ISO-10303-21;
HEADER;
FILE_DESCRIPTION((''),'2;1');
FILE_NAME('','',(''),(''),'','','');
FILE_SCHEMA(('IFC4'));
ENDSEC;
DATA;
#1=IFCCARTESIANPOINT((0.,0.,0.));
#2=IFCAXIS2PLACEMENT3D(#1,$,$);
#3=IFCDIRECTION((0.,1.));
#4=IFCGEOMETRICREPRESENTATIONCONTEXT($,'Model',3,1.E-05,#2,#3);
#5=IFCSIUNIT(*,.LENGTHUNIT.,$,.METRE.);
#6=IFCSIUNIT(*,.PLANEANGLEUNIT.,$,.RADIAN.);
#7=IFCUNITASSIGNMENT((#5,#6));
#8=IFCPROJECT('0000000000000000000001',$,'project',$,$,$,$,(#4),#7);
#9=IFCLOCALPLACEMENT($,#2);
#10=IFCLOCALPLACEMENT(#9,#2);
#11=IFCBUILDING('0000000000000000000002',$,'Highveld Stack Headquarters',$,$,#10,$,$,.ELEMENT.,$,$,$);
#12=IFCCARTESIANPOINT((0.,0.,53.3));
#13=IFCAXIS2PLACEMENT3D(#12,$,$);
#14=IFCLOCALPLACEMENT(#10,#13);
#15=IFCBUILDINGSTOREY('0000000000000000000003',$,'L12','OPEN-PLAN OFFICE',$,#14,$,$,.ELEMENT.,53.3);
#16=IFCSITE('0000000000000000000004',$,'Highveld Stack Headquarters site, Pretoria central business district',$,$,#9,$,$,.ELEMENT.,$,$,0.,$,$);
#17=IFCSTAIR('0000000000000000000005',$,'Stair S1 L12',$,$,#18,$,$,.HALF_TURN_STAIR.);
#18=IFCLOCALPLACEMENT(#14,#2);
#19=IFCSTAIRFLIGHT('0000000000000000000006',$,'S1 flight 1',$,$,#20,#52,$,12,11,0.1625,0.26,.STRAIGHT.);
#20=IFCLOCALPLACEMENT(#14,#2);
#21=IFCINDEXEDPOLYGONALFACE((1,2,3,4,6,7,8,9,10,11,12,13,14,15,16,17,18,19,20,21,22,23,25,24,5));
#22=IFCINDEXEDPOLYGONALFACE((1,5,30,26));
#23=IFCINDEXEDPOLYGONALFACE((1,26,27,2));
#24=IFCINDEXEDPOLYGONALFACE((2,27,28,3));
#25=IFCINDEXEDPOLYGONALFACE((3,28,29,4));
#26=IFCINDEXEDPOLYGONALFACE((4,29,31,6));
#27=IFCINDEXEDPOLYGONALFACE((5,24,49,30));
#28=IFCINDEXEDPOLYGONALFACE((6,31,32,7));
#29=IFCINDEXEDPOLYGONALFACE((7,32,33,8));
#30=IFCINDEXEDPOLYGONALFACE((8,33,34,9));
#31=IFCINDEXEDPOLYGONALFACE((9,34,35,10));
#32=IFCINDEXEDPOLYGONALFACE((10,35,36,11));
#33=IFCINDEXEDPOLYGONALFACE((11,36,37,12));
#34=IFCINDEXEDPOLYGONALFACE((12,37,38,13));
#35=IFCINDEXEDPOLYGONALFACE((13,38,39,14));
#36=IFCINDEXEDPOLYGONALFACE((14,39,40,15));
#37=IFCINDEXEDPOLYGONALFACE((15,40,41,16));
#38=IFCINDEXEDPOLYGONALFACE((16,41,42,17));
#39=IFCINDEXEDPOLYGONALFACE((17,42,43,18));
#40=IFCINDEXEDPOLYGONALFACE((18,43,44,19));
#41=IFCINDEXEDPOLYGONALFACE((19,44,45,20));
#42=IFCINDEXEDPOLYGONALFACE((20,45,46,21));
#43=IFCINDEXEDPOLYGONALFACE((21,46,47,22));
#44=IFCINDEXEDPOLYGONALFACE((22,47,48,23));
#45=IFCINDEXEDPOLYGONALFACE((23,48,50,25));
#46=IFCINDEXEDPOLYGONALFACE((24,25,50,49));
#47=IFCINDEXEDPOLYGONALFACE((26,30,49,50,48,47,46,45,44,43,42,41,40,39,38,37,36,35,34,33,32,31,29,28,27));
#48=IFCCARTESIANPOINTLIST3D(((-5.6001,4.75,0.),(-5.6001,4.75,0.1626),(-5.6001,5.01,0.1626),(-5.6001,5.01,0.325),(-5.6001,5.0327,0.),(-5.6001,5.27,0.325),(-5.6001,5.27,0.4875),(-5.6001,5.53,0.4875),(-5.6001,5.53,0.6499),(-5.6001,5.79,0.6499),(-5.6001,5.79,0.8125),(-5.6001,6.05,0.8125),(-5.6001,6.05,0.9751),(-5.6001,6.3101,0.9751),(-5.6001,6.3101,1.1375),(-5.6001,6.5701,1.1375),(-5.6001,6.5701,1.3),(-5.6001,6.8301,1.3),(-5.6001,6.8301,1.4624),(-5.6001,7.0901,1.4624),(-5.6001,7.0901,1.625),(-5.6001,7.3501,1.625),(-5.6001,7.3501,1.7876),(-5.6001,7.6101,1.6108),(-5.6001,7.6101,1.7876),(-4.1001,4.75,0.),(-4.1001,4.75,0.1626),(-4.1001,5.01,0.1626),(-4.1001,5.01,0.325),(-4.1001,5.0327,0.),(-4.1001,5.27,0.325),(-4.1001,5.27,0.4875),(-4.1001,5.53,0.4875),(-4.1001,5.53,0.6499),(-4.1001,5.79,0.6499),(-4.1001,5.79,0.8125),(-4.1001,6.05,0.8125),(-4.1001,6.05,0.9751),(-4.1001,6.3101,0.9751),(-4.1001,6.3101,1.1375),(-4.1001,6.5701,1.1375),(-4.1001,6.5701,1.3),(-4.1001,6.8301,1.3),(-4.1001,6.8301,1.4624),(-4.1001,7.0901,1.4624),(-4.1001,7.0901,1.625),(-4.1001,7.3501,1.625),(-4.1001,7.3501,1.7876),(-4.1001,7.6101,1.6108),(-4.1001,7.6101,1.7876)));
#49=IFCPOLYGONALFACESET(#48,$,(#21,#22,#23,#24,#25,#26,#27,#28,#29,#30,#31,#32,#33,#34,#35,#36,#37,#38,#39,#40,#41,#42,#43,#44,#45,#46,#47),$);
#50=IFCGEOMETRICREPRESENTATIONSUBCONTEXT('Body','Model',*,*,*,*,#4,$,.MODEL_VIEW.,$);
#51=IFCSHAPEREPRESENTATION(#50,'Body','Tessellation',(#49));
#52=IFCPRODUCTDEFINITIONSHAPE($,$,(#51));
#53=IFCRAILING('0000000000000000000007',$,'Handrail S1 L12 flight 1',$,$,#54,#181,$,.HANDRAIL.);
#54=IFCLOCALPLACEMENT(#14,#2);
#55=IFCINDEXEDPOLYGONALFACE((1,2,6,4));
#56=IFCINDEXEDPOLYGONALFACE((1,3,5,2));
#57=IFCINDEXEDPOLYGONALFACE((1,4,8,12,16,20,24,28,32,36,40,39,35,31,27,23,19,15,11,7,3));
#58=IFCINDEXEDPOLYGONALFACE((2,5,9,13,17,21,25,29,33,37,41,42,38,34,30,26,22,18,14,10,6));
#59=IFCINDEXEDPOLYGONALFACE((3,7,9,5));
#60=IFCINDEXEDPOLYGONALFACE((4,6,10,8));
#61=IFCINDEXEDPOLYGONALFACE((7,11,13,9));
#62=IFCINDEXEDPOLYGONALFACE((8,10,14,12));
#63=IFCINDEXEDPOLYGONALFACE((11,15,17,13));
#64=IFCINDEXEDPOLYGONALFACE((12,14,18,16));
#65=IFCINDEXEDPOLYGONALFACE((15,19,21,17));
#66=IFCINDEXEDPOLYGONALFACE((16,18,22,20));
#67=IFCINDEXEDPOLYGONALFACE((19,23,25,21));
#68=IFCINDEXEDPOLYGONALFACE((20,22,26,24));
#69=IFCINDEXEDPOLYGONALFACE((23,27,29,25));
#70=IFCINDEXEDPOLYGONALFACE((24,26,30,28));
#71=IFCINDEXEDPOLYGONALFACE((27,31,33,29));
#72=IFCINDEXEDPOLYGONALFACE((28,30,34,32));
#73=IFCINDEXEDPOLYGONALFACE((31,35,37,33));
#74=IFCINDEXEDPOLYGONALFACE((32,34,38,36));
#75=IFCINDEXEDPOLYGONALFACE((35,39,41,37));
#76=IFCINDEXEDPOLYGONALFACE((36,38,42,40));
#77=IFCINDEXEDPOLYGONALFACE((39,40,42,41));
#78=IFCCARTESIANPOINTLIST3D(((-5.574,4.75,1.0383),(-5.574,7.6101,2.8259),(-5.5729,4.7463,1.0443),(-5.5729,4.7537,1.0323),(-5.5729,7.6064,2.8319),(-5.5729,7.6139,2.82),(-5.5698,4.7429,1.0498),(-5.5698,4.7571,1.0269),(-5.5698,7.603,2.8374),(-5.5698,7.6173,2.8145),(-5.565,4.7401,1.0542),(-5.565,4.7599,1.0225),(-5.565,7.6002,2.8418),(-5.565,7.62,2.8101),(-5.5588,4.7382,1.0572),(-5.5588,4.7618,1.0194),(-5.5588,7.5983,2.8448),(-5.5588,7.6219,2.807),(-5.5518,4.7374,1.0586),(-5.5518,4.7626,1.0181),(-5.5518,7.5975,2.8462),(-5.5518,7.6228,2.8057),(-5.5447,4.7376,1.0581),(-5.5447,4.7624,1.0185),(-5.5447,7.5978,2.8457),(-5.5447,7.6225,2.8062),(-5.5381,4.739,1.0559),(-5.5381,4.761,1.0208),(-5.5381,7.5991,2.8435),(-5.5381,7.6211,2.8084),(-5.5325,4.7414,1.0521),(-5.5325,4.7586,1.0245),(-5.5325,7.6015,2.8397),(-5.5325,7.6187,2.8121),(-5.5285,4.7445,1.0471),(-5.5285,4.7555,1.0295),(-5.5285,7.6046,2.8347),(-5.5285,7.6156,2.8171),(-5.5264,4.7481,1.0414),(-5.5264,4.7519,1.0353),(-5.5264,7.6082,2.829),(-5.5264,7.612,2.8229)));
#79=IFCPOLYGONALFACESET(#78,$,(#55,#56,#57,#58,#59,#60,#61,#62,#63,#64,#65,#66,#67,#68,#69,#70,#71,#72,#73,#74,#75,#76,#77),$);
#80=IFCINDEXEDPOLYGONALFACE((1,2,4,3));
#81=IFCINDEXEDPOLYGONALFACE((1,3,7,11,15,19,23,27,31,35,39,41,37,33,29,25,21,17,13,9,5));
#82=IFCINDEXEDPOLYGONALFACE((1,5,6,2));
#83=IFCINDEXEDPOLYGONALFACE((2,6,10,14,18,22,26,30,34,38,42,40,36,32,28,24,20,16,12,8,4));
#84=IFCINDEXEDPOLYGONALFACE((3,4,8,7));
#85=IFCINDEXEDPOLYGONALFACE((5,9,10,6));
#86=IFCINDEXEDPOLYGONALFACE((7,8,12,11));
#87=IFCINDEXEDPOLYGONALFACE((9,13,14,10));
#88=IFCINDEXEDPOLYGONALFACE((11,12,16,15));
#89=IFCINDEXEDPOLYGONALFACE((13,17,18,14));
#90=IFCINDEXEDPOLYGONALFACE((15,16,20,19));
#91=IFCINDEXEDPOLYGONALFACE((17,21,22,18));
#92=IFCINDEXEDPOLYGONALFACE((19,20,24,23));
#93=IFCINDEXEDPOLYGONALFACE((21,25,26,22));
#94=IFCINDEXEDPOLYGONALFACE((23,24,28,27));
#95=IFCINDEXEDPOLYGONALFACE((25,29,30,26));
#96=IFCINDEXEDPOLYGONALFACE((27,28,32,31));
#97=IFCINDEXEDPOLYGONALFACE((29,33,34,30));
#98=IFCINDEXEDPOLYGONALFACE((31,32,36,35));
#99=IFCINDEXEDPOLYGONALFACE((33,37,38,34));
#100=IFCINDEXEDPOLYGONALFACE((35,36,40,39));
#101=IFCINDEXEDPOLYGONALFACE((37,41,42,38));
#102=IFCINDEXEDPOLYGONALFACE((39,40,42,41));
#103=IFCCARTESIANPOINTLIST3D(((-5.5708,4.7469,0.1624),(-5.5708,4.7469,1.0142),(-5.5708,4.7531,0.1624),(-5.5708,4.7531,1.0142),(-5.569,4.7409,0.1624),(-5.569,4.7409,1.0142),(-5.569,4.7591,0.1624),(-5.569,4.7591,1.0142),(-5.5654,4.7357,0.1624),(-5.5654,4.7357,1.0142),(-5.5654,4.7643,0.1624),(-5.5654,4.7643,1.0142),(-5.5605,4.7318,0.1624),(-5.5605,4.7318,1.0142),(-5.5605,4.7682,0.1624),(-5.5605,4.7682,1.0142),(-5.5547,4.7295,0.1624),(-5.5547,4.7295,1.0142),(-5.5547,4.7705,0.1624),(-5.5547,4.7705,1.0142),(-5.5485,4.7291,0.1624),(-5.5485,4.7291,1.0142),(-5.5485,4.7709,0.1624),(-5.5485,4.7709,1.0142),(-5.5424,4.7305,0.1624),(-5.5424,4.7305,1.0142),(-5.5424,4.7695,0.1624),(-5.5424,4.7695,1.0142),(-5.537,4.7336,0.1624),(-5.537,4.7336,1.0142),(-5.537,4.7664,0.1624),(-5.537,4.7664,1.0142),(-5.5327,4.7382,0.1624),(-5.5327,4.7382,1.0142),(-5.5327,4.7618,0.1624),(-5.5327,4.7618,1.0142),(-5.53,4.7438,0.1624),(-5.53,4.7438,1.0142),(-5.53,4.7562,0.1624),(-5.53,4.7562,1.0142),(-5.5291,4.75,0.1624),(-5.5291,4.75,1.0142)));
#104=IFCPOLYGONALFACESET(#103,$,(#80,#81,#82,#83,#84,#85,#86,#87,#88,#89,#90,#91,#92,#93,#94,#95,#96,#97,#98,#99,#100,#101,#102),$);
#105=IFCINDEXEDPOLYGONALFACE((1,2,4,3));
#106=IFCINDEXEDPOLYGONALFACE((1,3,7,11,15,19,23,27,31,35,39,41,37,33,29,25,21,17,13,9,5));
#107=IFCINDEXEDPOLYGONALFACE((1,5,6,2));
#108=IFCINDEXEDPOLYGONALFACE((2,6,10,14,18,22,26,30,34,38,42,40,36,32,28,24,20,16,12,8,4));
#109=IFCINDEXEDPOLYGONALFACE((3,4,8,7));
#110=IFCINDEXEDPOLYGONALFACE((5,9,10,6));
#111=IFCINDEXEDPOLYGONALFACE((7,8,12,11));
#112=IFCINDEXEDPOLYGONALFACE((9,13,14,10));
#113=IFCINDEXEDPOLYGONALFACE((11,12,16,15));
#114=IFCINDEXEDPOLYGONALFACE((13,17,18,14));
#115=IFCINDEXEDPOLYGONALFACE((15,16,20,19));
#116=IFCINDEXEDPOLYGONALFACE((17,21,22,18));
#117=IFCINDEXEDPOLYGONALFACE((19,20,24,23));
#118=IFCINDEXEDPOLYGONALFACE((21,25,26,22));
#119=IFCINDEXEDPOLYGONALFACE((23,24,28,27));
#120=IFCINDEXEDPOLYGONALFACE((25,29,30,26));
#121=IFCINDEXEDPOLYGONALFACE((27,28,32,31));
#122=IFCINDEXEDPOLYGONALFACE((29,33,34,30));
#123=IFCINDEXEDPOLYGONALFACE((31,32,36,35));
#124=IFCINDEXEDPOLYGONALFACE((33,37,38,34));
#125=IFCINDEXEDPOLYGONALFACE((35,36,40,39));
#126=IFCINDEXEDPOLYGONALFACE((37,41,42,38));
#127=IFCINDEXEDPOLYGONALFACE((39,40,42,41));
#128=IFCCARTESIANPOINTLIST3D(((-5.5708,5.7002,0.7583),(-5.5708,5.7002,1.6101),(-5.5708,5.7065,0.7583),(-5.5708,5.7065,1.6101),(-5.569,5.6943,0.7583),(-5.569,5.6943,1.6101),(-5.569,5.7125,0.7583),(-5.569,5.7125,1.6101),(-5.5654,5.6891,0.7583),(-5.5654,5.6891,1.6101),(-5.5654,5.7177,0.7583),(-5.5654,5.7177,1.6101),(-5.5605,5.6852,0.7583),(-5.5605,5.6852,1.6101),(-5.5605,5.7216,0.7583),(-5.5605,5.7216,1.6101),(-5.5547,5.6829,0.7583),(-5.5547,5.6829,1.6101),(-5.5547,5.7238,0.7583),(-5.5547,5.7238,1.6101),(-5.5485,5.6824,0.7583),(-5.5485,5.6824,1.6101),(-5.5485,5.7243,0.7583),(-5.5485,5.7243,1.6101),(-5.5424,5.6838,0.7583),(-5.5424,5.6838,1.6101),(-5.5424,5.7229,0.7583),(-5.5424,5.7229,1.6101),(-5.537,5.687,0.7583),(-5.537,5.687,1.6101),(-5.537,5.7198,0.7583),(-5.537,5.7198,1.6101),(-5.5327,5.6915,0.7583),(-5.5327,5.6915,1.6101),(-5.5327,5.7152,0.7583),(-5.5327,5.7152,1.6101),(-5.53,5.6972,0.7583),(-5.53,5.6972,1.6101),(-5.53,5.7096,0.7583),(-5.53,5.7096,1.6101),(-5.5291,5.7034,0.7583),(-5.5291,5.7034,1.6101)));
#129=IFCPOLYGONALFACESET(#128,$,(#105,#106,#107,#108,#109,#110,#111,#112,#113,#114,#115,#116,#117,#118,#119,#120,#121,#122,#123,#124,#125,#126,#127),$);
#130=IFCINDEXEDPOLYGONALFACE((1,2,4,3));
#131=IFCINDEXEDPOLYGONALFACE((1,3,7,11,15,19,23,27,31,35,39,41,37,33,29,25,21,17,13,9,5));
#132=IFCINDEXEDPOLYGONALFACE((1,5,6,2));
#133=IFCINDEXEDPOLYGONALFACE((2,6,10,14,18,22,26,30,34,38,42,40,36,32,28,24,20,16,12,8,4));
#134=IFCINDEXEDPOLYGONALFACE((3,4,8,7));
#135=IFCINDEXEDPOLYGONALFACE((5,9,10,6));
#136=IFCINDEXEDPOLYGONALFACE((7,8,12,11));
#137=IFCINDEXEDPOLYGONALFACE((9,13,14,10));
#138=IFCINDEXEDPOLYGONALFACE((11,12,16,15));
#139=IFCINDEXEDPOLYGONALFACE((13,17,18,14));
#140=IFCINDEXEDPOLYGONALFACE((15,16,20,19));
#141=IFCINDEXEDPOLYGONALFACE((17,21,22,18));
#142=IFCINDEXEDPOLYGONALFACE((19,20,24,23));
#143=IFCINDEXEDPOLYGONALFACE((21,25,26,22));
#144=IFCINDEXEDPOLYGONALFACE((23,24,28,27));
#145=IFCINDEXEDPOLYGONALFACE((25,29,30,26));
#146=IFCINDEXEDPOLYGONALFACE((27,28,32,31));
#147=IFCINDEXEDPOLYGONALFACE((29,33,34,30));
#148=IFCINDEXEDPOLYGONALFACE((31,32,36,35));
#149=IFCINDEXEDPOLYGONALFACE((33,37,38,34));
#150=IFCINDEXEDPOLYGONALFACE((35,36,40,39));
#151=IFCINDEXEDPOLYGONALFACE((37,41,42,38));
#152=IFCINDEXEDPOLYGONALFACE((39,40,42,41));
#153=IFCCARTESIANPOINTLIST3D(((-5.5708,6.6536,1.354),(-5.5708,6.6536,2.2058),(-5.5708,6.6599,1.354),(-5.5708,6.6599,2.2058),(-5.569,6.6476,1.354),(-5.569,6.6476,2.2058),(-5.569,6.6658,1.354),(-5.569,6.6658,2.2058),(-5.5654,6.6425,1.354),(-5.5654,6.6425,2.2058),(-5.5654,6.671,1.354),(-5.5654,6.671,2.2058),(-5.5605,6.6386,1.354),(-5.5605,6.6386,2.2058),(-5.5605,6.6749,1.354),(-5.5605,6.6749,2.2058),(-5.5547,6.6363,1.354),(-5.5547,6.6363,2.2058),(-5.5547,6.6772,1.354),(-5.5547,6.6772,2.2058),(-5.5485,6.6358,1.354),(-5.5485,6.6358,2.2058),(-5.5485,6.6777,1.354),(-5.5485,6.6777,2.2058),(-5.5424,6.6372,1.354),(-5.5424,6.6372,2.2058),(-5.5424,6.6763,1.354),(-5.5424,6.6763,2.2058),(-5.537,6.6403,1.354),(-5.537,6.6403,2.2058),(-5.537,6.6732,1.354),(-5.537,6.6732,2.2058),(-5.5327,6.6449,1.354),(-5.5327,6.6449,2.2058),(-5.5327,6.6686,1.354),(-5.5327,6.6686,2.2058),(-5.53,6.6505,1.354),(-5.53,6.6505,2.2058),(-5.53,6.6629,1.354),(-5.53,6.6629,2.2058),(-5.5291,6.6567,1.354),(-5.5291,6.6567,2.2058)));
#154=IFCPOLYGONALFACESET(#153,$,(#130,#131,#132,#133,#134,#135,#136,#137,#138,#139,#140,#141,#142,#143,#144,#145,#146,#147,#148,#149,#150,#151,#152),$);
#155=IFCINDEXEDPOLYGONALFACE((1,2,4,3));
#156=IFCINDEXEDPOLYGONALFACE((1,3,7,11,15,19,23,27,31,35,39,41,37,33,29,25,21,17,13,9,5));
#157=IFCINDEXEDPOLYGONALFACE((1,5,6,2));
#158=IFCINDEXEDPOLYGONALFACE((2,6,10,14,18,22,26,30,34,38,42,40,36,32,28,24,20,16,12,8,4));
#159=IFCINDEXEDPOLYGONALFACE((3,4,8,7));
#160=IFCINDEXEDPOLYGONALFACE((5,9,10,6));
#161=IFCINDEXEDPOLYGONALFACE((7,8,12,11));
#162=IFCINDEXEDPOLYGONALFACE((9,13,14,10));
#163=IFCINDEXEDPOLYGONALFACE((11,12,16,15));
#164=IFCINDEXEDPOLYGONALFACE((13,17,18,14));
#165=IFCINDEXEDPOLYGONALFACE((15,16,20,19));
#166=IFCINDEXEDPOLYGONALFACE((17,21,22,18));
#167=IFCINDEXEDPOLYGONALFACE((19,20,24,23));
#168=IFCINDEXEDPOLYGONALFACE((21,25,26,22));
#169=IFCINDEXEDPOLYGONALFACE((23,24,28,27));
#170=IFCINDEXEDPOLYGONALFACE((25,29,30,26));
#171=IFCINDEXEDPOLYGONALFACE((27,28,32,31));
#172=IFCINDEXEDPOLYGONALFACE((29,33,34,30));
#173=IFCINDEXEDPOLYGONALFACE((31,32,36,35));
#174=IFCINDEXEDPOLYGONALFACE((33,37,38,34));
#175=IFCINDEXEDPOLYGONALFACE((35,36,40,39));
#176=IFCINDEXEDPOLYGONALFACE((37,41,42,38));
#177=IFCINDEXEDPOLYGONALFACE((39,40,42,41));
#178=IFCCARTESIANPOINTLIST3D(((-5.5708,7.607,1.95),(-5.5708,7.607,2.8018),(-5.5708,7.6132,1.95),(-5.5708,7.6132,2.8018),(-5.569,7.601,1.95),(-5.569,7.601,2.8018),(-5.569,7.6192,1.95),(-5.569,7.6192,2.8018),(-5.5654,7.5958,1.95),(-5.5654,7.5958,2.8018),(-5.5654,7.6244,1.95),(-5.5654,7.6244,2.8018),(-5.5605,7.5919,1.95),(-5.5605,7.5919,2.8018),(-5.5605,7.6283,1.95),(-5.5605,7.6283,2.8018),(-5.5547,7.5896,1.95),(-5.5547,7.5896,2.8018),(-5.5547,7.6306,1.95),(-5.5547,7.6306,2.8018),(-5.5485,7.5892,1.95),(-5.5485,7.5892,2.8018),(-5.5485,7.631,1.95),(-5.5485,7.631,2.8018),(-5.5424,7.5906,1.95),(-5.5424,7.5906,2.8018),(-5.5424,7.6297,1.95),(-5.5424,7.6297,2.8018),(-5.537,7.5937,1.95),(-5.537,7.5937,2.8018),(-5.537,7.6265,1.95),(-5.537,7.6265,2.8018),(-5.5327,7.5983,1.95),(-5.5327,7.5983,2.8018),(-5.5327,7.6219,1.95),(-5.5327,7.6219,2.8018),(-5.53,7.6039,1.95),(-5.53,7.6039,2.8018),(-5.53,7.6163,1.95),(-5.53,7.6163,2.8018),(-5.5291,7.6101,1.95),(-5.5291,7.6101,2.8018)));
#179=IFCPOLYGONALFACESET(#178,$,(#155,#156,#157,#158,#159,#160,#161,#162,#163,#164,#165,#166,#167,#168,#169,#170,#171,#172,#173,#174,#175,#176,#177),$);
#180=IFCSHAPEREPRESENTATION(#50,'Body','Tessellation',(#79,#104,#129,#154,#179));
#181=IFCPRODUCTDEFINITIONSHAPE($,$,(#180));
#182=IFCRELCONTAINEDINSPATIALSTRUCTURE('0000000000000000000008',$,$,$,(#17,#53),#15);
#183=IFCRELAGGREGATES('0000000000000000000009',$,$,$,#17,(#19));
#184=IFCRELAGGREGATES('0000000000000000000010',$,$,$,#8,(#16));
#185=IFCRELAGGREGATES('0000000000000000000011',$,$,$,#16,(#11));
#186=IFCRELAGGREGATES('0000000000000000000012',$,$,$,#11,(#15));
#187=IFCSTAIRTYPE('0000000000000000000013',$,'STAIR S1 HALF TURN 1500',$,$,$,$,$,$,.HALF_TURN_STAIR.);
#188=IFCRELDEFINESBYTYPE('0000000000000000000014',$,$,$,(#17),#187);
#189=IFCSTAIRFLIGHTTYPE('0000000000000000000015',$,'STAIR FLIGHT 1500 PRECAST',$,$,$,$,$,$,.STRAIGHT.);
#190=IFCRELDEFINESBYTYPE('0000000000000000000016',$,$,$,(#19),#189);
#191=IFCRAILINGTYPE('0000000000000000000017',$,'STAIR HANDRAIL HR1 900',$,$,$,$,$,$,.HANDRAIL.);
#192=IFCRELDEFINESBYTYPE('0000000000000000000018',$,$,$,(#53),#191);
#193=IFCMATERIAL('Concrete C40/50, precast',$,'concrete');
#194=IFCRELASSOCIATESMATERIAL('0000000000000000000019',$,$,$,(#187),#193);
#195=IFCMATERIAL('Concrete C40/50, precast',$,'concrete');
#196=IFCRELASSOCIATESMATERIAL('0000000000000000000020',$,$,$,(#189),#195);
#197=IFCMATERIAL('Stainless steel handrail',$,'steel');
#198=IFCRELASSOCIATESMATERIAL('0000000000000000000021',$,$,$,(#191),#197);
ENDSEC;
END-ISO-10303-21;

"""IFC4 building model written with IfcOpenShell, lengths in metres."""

from ifc_helpers import new_model, si_unit, direction, frame, origin, origin_2d, place, context, subcontext, project, spatial, polyline, circle, outline, extrude, material, type_object, element, aggregate, save


model = new_model("IFC4")

# Units and contexts
model_context = context("Model", 3, precision=1e-05, world=origin(), true_north=direction((0.0, 1.0)))
body_context = subcontext(model_context, "Body", "Model", "MODEL_VIEW")
ifc_project = project(units=[si_unit("LENGTHUNIT", "METRE"), si_unit("PLANEANGLEUNIT", "RADIAN")], contexts=[model_context])

# Site, building, storey
site_placement = place(None, origin())
site = spatial("IfcSite", under=ifc_project, at=site_placement, Name="Highveld Stack Headquarters site, Pretoria central business district", CompositionType="ELEMENT", RefElevation=0.0)
building_placement = place(site_placement, origin())
building = spatial("IfcBuilding", under=site, at=building_placement, Name="Highveld Stack Headquarters", CompositionType="ELEMENT")
storey_placement = place(building_placement, frame((0.0, 0.0, 53.3)))
storey = spatial("IfcBuildingStorey", under=building, at=storey_placement, Name="L12", Description="OPEN-PLAN OFFICE", CompositionType="ELEMENT", Elevation=53.3)

# Stair
ifc_material_1 = material(Name="Concrete C40/50, precast", Category="concrete")
stair_type_1 = type_object("IfcStairType", Name="STAIR S1 HALF TURN 1500", PredefinedType="HALF_TURN_STAIR", material=ifc_material_1)
stair_1_placement = place(storey_placement, origin())
stair_1 = element("IfcStair", 1, at=stair_1_placement, inside=storey, type_object=stair_type_1, Name="Stair S1 L12", PredefinedType="HALF_TURN_STAIR")

# Stair flight
ifc_material_2 = material(Name="Concrete C40/50, precast", Category="concrete")
stair_flight_type = type_object("IfcStairFlightType", Name="STAIR FLIGHT 1500 PRECAST", PredefinedType="STRAIGHT", material=ifc_material_2)
stair_flight_placement = place(storey_placement, frame((-4.8501, 4.75, 0.0), z_axis=(0.0, 0.0, 1.0), x_axis=(0.0, 1.0, 0.0)))
stair_flight = element("IfcStairFlight", 2, at=stair_flight_placement, type_object=stair_flight_type, Name="S1 flight 1", NumberOfRisers=12, NumberOfTreads=11, PredefinedType="STRAIGHT", RiserHeight=0.1625, TreadLength=0.26, context=body_context, shape_type="SweptSolid", body=[
    extrude(outline(polyline([(0.0, 0.0), (0.0, 0.1626), (0.26, 0.1626), (0.26, 0.325), (0.52, 0.325), (0.52, 0.4875), (0.78, 0.4875), (0.78, 0.6499), (1.04, 0.6499), (1.04, 0.8125), (1.3, 0.8125), (1.3, 0.9751), (1.5601, 0.9751), (1.5601, 1.1375), (1.8201, 1.1375), (1.8201, 1.3), (2.0801, 1.3), (2.0801, 1.4624), (2.3401, 1.4624), (2.3401, 1.625), (2.6001, 1.625), (2.6001, 1.7876), (2.8601, 1.7876), (2.8601, 1.95), (2.8601, 1.6108), (0.2827, 0.0), (0.0, 0.0)])), frame((0.0, 0.75, 0.0), z_axis=(0.0, -1.0, 0.0), x_axis=(1.0, 0.0, 0.0)), (0.0, 0.0, 1.0), 1.5),
])
aggregate(stair_1, [stair_flight])

# Railing
ifc_material_3 = material(Name="Stainless steel handrail", Category="steel")
railing_type = type_object("IfcRailingType", Name="STAIR HANDRAIL HR1 900", PredefinedType="HANDRAIL", material=ifc_material_3)
for number, where, name in (
    (3, (-5.55, 4.75, 0.1624), "Handrail S1 L12 flight 1"),
):
    element("IfcRailing", number, at=place(storey_placement, frame(where)), inside=storey, type_object=railing_type, Name=name, PredefinedType="HANDRAIL", context=body_context, shape_type="SweptSolid", body=[
        extrude(circle(Radius=0.0239, at=origin_2d()), frame((0.0, 0.0, 0.876), z_axis=(0.0, 0.847994, 0.530005), x_axis=(-1.0, 0.0, 0.0)), (0.0, 0.0, 1.0), 3.3728),
        extrude(circle(Radius=0.021, at=origin_2d()), origin(), (0.0, 0.0, 1.0), 0.8518),
        extrude(circle(Radius=0.021, at=origin_2d()), frame((0.0, 0.9534, 0.5959)), (0.0, 0.0, 1.0), 0.8518),
        extrude(circle(Radius=0.021, at=origin_2d()), frame((0.0, 1.9067, 1.1917)), (0.0, 0.0, 1.0), 0.8518),
        extrude(circle(Radius=0.021, at=origin_2d()), frame((0.0, 2.8601, 1.7876)), (0.0, 0.0, 1.0), 0.8518),
    ])

save(model, "model.ifc")
